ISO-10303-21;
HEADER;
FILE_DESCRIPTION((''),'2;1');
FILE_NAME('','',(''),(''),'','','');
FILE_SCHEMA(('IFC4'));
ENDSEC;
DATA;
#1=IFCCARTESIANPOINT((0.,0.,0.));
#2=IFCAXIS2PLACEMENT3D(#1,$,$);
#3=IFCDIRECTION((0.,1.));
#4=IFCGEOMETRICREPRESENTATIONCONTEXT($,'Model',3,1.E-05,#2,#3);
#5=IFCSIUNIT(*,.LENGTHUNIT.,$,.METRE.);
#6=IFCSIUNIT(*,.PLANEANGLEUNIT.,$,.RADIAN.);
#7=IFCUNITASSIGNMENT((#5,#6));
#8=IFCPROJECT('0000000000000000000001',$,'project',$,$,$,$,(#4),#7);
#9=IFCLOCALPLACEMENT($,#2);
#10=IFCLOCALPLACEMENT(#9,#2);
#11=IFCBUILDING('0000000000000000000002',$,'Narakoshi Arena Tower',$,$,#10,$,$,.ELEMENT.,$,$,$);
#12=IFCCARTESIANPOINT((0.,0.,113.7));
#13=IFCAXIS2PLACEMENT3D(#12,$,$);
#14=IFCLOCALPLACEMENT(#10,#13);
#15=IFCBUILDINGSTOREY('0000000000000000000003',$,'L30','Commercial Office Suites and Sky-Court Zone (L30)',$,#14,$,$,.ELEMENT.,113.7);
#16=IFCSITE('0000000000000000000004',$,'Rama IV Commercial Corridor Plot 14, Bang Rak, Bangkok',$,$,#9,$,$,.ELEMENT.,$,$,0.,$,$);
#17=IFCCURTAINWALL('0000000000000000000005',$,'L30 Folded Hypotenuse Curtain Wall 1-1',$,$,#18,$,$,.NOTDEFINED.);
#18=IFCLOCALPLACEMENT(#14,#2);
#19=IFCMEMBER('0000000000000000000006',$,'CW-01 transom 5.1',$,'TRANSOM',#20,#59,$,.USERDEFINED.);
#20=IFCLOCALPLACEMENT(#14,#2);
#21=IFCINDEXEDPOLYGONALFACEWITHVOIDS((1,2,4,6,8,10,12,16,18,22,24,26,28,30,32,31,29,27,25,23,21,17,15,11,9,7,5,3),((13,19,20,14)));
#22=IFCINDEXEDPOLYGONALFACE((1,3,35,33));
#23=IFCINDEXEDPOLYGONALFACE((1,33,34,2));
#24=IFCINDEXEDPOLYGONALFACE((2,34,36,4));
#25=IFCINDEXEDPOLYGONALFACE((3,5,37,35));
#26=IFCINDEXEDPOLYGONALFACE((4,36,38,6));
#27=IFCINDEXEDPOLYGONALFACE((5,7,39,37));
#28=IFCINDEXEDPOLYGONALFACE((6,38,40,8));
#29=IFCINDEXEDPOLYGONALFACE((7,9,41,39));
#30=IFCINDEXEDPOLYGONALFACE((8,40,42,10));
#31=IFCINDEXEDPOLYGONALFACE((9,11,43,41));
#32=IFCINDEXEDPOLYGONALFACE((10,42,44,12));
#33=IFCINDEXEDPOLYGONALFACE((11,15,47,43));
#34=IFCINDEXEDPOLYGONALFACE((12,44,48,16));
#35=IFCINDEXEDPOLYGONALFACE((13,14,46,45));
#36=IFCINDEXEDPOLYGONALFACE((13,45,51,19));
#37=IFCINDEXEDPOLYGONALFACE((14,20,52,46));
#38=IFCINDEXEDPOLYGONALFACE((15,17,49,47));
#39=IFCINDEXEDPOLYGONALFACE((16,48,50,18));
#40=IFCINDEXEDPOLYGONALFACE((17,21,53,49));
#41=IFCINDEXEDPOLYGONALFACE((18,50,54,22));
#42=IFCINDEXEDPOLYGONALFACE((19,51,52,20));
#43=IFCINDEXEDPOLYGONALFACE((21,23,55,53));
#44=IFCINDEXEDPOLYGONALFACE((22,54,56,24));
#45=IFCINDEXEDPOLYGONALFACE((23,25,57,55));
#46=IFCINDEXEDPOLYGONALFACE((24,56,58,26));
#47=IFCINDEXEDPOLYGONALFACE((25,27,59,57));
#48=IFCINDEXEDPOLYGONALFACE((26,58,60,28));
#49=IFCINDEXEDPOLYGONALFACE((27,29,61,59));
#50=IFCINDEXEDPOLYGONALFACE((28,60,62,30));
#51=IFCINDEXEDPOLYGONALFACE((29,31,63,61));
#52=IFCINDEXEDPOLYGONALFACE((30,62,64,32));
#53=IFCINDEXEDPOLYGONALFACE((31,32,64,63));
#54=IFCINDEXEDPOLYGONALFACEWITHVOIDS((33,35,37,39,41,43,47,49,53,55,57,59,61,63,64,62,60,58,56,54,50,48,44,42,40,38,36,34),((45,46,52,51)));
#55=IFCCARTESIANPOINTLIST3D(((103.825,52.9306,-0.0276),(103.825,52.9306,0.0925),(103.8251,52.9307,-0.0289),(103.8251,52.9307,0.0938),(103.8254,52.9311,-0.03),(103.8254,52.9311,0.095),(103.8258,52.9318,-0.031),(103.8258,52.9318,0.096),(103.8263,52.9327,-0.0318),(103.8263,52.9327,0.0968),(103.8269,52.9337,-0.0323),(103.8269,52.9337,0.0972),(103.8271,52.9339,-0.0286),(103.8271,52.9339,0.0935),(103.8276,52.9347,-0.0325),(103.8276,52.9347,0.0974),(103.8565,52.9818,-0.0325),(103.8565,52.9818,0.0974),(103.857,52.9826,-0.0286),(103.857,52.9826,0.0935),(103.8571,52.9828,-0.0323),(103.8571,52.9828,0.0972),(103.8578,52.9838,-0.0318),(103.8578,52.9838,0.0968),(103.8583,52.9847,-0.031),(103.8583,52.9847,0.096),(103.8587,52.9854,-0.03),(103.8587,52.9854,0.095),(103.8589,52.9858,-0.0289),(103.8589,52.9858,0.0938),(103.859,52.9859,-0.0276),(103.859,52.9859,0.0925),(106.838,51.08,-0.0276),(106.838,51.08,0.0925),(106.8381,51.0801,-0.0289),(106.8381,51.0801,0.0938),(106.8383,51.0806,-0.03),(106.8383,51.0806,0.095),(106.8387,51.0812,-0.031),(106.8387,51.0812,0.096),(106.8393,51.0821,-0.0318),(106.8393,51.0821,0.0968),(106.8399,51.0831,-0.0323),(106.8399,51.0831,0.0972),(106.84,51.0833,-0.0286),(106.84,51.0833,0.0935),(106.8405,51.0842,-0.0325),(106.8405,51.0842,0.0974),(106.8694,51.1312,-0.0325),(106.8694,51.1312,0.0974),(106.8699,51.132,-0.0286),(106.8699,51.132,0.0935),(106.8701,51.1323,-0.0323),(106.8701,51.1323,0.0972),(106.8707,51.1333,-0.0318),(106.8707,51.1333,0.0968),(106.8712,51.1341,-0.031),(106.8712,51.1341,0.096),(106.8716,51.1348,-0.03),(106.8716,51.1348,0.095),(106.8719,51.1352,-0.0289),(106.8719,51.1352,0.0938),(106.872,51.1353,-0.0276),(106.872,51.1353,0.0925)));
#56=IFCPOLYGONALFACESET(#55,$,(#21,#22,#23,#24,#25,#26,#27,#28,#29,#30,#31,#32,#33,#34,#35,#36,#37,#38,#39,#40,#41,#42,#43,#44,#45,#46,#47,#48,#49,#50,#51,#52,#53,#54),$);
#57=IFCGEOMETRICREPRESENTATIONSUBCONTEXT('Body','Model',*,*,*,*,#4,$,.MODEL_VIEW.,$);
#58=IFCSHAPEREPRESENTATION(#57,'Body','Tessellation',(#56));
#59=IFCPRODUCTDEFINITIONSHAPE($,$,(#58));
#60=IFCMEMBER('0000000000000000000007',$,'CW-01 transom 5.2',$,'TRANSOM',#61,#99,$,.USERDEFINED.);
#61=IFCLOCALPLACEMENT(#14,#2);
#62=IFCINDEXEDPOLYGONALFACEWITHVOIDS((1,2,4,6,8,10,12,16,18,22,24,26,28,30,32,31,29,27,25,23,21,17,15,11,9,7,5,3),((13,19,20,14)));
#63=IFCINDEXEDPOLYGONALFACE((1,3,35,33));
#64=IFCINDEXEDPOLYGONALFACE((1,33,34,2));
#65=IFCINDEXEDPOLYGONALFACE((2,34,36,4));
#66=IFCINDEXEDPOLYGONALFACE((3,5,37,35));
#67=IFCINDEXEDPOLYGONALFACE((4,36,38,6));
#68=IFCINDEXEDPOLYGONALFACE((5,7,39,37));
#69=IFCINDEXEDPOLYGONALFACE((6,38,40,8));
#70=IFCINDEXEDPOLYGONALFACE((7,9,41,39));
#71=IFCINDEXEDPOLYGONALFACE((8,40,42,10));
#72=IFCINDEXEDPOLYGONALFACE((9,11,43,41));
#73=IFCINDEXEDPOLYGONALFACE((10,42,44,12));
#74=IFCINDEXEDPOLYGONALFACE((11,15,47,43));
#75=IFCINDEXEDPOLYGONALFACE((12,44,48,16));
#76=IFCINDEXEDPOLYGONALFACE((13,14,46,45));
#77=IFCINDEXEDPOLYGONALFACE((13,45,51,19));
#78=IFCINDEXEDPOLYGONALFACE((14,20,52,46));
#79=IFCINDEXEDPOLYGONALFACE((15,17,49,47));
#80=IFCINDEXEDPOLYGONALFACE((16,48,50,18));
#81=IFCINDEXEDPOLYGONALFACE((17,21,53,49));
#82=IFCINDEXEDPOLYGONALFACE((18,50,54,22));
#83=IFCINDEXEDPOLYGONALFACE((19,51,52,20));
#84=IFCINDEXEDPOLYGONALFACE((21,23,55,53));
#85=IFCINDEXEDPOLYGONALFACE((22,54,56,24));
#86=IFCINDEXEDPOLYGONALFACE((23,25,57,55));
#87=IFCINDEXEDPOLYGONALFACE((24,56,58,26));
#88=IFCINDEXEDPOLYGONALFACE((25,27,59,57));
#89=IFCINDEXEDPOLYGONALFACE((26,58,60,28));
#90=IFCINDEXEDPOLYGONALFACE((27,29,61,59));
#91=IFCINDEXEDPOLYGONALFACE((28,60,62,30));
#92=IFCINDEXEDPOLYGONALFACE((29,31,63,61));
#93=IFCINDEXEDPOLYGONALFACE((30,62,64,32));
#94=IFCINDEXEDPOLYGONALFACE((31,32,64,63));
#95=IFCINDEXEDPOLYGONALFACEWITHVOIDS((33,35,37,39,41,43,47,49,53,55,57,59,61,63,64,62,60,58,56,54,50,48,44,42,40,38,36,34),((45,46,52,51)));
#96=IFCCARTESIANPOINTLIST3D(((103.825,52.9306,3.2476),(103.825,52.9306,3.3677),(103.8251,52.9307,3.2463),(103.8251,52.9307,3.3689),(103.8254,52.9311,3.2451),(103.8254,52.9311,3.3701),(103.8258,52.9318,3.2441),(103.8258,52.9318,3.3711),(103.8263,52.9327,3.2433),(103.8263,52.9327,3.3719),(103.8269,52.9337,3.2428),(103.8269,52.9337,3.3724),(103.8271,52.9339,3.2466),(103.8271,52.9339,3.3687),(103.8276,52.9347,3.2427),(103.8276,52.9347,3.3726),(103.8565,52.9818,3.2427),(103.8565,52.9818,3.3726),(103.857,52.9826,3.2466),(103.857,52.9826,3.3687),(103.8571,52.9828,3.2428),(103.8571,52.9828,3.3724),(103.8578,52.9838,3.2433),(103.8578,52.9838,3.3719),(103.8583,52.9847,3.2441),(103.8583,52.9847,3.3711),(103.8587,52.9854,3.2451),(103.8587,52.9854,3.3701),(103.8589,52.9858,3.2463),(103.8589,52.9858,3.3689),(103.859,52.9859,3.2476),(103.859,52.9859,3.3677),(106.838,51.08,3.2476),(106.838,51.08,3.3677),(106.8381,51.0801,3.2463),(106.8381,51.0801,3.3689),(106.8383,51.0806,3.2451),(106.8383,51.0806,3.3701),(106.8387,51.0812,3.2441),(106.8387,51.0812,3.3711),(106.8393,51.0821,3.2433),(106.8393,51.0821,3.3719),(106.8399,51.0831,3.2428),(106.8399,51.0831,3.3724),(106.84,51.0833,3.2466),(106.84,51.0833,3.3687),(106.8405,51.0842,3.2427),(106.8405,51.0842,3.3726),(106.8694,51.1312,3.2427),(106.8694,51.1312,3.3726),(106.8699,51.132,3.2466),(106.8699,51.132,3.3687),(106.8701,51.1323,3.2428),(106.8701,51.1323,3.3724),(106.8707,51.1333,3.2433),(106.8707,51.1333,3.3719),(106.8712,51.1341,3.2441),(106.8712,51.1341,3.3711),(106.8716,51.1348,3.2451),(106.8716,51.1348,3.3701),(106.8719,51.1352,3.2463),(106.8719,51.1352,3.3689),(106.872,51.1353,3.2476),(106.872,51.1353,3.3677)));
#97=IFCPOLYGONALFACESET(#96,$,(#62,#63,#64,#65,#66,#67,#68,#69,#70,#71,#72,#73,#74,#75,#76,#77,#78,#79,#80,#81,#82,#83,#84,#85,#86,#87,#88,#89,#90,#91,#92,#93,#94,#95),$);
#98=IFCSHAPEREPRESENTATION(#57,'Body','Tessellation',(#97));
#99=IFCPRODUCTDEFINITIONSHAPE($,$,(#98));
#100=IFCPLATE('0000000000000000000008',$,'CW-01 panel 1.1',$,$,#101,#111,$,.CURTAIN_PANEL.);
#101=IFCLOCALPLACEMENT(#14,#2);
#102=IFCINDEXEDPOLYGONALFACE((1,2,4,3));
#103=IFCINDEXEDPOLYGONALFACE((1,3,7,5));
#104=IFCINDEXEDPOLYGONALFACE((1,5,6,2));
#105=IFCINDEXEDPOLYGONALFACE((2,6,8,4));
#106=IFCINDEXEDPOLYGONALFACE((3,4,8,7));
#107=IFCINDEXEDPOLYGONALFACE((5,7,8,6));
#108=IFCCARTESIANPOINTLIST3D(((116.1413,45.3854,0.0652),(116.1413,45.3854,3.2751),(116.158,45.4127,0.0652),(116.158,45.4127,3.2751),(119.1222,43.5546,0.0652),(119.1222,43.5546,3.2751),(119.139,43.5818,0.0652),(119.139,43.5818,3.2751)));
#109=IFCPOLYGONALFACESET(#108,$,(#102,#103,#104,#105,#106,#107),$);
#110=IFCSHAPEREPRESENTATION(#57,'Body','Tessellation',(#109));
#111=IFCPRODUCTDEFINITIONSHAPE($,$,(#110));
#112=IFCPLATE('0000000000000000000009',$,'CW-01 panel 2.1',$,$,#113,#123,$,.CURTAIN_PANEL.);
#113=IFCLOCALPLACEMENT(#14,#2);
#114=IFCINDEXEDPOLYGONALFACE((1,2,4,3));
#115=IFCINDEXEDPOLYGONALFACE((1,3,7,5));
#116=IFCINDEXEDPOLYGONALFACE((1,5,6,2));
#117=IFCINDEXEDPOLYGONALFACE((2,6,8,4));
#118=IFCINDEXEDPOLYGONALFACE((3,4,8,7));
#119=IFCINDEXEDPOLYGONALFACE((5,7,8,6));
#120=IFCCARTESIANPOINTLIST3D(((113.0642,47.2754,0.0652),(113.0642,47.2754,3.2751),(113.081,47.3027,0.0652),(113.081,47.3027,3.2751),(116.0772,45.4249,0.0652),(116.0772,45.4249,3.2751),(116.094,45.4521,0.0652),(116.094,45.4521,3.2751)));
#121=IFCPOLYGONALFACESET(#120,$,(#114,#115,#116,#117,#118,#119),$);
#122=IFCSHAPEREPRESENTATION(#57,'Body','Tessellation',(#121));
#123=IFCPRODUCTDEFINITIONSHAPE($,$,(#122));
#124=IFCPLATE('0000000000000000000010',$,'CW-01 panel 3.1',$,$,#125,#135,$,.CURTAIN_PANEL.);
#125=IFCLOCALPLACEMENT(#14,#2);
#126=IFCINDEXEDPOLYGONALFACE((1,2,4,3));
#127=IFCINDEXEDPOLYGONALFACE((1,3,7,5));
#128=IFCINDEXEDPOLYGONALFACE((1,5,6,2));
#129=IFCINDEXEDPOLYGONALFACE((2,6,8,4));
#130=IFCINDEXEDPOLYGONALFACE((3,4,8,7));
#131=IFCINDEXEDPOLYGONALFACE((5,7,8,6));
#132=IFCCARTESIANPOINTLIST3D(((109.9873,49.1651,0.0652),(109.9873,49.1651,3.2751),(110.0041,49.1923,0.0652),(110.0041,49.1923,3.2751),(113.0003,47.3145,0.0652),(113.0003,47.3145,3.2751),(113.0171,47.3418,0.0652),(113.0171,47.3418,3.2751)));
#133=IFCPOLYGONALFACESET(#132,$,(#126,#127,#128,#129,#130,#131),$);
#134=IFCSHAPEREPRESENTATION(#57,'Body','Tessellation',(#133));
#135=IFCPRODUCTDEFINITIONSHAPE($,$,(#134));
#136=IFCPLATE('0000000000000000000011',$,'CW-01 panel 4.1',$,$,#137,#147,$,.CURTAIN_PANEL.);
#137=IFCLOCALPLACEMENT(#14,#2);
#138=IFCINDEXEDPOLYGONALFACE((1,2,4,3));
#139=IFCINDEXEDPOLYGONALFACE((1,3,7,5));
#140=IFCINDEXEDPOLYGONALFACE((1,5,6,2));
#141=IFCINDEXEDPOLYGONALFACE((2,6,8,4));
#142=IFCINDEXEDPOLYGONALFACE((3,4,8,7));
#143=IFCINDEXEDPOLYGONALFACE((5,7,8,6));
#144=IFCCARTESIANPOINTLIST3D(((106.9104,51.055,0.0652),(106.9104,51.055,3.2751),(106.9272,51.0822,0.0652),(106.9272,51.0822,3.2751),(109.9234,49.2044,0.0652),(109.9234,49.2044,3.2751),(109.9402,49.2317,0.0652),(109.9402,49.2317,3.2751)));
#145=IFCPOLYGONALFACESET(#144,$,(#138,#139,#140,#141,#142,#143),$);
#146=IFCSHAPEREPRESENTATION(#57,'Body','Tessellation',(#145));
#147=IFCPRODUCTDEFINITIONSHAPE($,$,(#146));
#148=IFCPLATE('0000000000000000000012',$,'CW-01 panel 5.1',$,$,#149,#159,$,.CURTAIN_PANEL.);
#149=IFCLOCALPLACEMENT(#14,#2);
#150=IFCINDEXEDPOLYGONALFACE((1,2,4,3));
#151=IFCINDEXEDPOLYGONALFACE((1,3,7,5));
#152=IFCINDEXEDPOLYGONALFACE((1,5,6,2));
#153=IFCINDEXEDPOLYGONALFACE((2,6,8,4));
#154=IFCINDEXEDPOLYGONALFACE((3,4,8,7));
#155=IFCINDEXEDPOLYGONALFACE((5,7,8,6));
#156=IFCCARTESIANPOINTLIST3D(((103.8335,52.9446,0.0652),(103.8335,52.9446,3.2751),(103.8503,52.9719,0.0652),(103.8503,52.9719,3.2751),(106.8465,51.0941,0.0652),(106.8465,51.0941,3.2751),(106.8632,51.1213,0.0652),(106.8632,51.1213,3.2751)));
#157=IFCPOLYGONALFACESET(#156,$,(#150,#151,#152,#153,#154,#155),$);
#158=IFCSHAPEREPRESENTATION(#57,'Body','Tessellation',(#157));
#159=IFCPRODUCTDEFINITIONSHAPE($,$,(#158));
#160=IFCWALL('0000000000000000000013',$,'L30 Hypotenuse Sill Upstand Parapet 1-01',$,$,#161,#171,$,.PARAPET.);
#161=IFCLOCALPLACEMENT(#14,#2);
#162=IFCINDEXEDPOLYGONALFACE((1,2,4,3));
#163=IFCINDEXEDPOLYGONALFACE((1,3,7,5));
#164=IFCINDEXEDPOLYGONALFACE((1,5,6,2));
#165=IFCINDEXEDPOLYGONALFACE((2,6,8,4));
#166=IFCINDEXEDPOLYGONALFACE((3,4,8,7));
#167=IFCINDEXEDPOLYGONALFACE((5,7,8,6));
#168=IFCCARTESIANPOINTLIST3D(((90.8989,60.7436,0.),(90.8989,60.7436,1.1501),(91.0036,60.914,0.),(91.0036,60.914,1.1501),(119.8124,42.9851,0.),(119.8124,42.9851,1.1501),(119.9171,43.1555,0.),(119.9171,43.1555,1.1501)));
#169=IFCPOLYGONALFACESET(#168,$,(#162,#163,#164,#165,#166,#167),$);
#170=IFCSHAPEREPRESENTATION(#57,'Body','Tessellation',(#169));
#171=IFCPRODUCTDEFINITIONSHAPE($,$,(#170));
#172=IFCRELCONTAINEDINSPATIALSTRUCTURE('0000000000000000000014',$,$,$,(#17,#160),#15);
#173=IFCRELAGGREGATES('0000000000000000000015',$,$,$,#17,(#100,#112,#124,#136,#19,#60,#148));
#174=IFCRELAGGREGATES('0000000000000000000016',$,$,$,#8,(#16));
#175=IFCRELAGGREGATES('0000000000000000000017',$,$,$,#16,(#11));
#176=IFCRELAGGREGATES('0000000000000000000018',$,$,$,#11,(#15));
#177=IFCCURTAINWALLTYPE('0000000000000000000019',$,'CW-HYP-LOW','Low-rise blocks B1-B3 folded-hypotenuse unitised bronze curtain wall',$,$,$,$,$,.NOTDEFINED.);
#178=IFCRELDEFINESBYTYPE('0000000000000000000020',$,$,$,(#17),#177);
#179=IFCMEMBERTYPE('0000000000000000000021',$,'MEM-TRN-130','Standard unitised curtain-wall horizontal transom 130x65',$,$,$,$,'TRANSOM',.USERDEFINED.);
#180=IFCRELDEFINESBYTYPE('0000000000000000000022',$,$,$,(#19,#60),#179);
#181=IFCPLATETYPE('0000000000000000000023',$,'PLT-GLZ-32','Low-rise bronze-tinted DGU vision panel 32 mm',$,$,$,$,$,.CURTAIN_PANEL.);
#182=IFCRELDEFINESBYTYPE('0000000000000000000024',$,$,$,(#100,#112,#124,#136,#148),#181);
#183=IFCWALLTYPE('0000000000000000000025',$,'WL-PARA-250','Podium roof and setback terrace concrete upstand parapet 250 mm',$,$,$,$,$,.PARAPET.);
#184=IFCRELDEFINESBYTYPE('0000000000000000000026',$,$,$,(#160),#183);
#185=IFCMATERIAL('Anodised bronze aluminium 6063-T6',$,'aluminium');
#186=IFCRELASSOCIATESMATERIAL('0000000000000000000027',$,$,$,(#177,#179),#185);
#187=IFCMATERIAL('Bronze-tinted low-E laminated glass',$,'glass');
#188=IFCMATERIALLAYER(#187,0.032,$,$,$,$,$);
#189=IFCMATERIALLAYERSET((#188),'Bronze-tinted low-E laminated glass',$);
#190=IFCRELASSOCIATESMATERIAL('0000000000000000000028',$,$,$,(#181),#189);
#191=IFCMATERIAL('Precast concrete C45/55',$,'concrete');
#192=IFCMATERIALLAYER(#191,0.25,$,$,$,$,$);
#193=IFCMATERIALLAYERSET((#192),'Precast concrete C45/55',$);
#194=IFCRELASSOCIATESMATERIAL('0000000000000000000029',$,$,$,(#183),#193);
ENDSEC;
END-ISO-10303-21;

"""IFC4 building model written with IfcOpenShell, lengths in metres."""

from ifc_helpers import new_model, si_unit, direction, frame, frame_2d, origin, origin_2d, place, context, subcontext, project, spatial, rectangle, hollow_rectangle, extrude, material, layer, layer_set, material_profile, profile_set, type_object, element, aggregate, save


model = new_model("IFC4")

# Units and contexts
model_context = context("Model", 3, precision=1e-05, world=origin(), true_north=direction((0.0, 1.0)))
body_context = subcontext(model_context, "Body", "Model", "MODEL_VIEW")
ifc_project = project(units=[si_unit("LENGTHUNIT", "METRE"), si_unit("PLANEANGLEUNIT", "RADIAN")], contexts=[model_context])

# Site, building, storey
site_placement = place(None, origin())
site = spatial("IfcSite", under=ifc_project, at=site_placement, Name="Rama IV Commercial Corridor Plot 14, Bang Rak, Bangkok", CompositionType="ELEMENT", RefElevation=0.0)
building_placement = place(site_placement, origin())
building = spatial("IfcBuilding", under=site, at=building_placement, Name="Narakoshi Arena Tower", CompositionType="ELEMENT")
storey_placement = place(building_placement, frame((0.0, 0.0, 113.7)))
storey = spatial("IfcBuildingStorey", under=building, at=storey_placement, Name="L30", Description="Commercial Office Suites and Sky-Court Zone (L30)", CompositionType="ELEMENT", Elevation=113.7)

# Curtain wall, members, plates
ifc_material_1 = material(Name="Anodised bronze aluminium 6063-T6", Category="aluminium")
curtain_wall_type = type_object("IfcCurtainWallType", Name="CW-HYP-LOW", Description="Low-rise blocks B1-B3 folded-hypotenuse unitised bronze curtain wall", PredefinedType="NOTDEFINED", material=ifc_material_1)
curtain_wall_placement = place(storey_placement, origin())
curtain_wall = element("IfcCurtainWall", 1, at=curtain_wall_placement, inside=storey, type_object=curtain_wall_type, Name="L30 Folded Hypotenuse Curtain Wall 1-1", PredefinedType="NOTDEFINED")
ifc_material_profile_1 = material_profile(ifc_material_1, hollow_rectangle(XDim=0.0649, YDim=0.1299, WallThickness=0.0039, OuterFilletRadius=0.0049, at=origin_2d()), Name="TRN130x65x4")
ifc_profile_set_1 = profile_set([ifc_material_profile_1], Name="Anodised bronze aluminium 6063-T6")
member_type_1 = type_object("IfcMemberType", Name="MEM-TRN-130", Description="Standard unitised curtain-wall horizontal transom 130x65", ElementType="TRANSOM", PredefinedType="USERDEFINED", material=ifc_profile_set_1)
member_1_placement = place(storey_placement, frame((106.855, 51.1077, 0.0325), z_axis=(-0.852104, 0.523373, 0.0), x_axis=(-0.523373, -0.852104, 0.0)))
member_1 = element("IfcMember", 2, at=member_1_placement, type_object=member_type_1, Name="CW-01 transom 5.1", ObjectType="TRANSOM", PredefinedType="USERDEFINED", context=body_context, shape_type="SweptSolid", body=[
    extrude(hollow_rectangle(XDim=0.0649, YDim=0.1299, WallThickness=0.0039, OuterFilletRadius=0.0049, at=origin_2d()), origin(), (0.0, 0.0, 1.0), 3.5359),
])
member_2_placement = place(storey_placement, frame((106.855, 51.1077, 3.3076), z_axis=(-0.852104, 0.523373, 0.0), x_axis=(-0.523373, -0.852104, 0.0)))
member_2 = element("IfcMember", 3, at=member_2_placement, type_object=member_type_1, Name="CW-01 transom 5.2", ObjectType="TRANSOM", PredefinedType="USERDEFINED", context=body_context, shape_type="SweptSolid", body=[
    extrude(hollow_rectangle(XDim=0.0649, YDim=0.1299, WallThickness=0.0039, OuterFilletRadius=0.0049, at=origin_2d()), origin(), (0.0, 0.0, 1.0), 3.5359),
])
ifc_material_2 = material(Name="Bronze-tinted low-E laminated glass", Category="glass")
ifc_layer_1 = layer(ifc_material_2, 0.032)
ifc_layer_set_1 = layer_set([ifc_layer_1], Name="Bronze-tinted low-E laminated glass")
plate_type = type_object("IfcPlateType", Name="PLT-GLZ-32", Description="Low-rise bronze-tinted DGU vision panel 32 mm", PredefinedType="CURTAIN_PANEL", material=ifc_layer_set_1)
plate_1_placement = place(storey_placement, frame((117.6401, 44.4836, 0.0652), z_axis=(0.0, 0.0, 1.0), x_axis=(-0.852113, 0.523358, 0.0)))
plate_1 = element("IfcPlate", 4, at=plate_1_placement, type_object=plate_type, Name="CW-01 panel 1.1", PredefinedType="CURTAIN_PANEL", context=body_context, shape_type="SweptSolid", body=[
    extrude(rectangle(XDim=3.4983, YDim=0.032, at=origin_2d()), origin(), (0.0, 0.0, 1.0), 3.21),
])
plate_2_placement = place(storey_placement, frame((114.5791, 46.3638, 0.0652), z_axis=(0.0, 0.0, 1.0), x_axis=(-0.852113, 0.523358, 0.0)))
plate_2 = element("IfcPlate", 5, at=plate_2_placement, type_object=plate_type, Name="CW-01 panel 2.1", PredefinedType="CURTAIN_PANEL", context=body_context, shape_type="SweptSolid", body=[
    extrude(rectangle(XDim=3.5359, YDim=0.032, at=origin_2d()), origin(), (0.0, 0.0, 1.0), 3.21),
])
plate_3_placement = place(storey_placement, frame((111.5022, 48.2534, 0.0652), z_axis=(0.0, 0.0, 1.0), x_axis=(-0.852113, 0.523358, 0.0)))
plate_3 = element("IfcPlate", 6, at=plate_3_placement, type_object=plate_type, Name="CW-01 panel 3.1", PredefinedType="CURTAIN_PANEL", context=body_context, shape_type="SweptSolid", body=[
    extrude(rectangle(XDim=3.5359, YDim=0.032, at=origin_2d()), origin(), (0.0, 0.0, 1.0), 3.21),
])
plate_4_placement = place(storey_placement, frame((108.4253, 50.1433, 0.0652), z_axis=(0.0, 0.0, 1.0), x_axis=(-0.852113, 0.523358, 0.0)))
plate_4 = element("IfcPlate", 7, at=plate_4_placement, type_object=plate_type, Name="CW-01 panel 4.1", PredefinedType="CURTAIN_PANEL", context=body_context, shape_type="SweptSolid", body=[
    extrude(rectangle(XDim=3.5359, YDim=0.032, at=origin_2d()), origin(), (0.0, 0.0, 1.0), 3.21),
])
plate_5_placement = place(storey_placement, frame((105.3484, 52.033, 0.0652), z_axis=(0.0, 0.0, 1.0), x_axis=(-0.852113, 0.523358, 0.0)))
plate_5 = element("IfcPlate", 8, at=plate_5_placement, type_object=plate_type, Name="CW-01 panel 5.1", PredefinedType="CURTAIN_PANEL", context=body_context, shape_type="SweptSolid", body=[
    extrude(rectangle(XDim=3.5359, YDim=0.032, at=origin_2d()), origin(), (0.0, 0.0, 1.0), 3.21),
])
aggregate(curtain_wall, [plate_1, plate_2, plate_3, plate_4, member_1, member_2, plate_5])

# Wall
ifc_material_3 = material(Name="Precast concrete C45/55", Category="concrete")
ifc_layer_2 = layer(ifc_material_3, 0.25)
ifc_layer_set_2 = layer_set([ifc_layer_2], Name="Precast concrete C45/55")
wall_type_1 = type_object("IfcWallType", Name="WL-PARA-250", Description="Podium roof and setback terrace concrete upstand parapet 250 mm", PredefinedType="PARAPET", material=ifc_layer_set_2)
wall_1_placement = place(storey_placement, frame((119.8647, 43.0703, 0.0), z_axis=(0.0, 0.0, 1.0), x_axis=(-0.852111, 0.523361, 0.0)))
element("IfcWall", 9, at=wall_1_placement, inside=storey, type_object=wall_type_1, Name="L30 Hypotenuse Sill Upstand Parapet 1-01", PredefinedType="PARAPET", context=body_context, shape_type="SweptSolid", body=[
    extrude(rectangle(XDim=33.9316, YDim=0.2, at=frame_2d((16.9658, 0.0))), origin(), (0.0, 0.0, 1.0), 1.1501),
])

save(model, "model.ifc")
